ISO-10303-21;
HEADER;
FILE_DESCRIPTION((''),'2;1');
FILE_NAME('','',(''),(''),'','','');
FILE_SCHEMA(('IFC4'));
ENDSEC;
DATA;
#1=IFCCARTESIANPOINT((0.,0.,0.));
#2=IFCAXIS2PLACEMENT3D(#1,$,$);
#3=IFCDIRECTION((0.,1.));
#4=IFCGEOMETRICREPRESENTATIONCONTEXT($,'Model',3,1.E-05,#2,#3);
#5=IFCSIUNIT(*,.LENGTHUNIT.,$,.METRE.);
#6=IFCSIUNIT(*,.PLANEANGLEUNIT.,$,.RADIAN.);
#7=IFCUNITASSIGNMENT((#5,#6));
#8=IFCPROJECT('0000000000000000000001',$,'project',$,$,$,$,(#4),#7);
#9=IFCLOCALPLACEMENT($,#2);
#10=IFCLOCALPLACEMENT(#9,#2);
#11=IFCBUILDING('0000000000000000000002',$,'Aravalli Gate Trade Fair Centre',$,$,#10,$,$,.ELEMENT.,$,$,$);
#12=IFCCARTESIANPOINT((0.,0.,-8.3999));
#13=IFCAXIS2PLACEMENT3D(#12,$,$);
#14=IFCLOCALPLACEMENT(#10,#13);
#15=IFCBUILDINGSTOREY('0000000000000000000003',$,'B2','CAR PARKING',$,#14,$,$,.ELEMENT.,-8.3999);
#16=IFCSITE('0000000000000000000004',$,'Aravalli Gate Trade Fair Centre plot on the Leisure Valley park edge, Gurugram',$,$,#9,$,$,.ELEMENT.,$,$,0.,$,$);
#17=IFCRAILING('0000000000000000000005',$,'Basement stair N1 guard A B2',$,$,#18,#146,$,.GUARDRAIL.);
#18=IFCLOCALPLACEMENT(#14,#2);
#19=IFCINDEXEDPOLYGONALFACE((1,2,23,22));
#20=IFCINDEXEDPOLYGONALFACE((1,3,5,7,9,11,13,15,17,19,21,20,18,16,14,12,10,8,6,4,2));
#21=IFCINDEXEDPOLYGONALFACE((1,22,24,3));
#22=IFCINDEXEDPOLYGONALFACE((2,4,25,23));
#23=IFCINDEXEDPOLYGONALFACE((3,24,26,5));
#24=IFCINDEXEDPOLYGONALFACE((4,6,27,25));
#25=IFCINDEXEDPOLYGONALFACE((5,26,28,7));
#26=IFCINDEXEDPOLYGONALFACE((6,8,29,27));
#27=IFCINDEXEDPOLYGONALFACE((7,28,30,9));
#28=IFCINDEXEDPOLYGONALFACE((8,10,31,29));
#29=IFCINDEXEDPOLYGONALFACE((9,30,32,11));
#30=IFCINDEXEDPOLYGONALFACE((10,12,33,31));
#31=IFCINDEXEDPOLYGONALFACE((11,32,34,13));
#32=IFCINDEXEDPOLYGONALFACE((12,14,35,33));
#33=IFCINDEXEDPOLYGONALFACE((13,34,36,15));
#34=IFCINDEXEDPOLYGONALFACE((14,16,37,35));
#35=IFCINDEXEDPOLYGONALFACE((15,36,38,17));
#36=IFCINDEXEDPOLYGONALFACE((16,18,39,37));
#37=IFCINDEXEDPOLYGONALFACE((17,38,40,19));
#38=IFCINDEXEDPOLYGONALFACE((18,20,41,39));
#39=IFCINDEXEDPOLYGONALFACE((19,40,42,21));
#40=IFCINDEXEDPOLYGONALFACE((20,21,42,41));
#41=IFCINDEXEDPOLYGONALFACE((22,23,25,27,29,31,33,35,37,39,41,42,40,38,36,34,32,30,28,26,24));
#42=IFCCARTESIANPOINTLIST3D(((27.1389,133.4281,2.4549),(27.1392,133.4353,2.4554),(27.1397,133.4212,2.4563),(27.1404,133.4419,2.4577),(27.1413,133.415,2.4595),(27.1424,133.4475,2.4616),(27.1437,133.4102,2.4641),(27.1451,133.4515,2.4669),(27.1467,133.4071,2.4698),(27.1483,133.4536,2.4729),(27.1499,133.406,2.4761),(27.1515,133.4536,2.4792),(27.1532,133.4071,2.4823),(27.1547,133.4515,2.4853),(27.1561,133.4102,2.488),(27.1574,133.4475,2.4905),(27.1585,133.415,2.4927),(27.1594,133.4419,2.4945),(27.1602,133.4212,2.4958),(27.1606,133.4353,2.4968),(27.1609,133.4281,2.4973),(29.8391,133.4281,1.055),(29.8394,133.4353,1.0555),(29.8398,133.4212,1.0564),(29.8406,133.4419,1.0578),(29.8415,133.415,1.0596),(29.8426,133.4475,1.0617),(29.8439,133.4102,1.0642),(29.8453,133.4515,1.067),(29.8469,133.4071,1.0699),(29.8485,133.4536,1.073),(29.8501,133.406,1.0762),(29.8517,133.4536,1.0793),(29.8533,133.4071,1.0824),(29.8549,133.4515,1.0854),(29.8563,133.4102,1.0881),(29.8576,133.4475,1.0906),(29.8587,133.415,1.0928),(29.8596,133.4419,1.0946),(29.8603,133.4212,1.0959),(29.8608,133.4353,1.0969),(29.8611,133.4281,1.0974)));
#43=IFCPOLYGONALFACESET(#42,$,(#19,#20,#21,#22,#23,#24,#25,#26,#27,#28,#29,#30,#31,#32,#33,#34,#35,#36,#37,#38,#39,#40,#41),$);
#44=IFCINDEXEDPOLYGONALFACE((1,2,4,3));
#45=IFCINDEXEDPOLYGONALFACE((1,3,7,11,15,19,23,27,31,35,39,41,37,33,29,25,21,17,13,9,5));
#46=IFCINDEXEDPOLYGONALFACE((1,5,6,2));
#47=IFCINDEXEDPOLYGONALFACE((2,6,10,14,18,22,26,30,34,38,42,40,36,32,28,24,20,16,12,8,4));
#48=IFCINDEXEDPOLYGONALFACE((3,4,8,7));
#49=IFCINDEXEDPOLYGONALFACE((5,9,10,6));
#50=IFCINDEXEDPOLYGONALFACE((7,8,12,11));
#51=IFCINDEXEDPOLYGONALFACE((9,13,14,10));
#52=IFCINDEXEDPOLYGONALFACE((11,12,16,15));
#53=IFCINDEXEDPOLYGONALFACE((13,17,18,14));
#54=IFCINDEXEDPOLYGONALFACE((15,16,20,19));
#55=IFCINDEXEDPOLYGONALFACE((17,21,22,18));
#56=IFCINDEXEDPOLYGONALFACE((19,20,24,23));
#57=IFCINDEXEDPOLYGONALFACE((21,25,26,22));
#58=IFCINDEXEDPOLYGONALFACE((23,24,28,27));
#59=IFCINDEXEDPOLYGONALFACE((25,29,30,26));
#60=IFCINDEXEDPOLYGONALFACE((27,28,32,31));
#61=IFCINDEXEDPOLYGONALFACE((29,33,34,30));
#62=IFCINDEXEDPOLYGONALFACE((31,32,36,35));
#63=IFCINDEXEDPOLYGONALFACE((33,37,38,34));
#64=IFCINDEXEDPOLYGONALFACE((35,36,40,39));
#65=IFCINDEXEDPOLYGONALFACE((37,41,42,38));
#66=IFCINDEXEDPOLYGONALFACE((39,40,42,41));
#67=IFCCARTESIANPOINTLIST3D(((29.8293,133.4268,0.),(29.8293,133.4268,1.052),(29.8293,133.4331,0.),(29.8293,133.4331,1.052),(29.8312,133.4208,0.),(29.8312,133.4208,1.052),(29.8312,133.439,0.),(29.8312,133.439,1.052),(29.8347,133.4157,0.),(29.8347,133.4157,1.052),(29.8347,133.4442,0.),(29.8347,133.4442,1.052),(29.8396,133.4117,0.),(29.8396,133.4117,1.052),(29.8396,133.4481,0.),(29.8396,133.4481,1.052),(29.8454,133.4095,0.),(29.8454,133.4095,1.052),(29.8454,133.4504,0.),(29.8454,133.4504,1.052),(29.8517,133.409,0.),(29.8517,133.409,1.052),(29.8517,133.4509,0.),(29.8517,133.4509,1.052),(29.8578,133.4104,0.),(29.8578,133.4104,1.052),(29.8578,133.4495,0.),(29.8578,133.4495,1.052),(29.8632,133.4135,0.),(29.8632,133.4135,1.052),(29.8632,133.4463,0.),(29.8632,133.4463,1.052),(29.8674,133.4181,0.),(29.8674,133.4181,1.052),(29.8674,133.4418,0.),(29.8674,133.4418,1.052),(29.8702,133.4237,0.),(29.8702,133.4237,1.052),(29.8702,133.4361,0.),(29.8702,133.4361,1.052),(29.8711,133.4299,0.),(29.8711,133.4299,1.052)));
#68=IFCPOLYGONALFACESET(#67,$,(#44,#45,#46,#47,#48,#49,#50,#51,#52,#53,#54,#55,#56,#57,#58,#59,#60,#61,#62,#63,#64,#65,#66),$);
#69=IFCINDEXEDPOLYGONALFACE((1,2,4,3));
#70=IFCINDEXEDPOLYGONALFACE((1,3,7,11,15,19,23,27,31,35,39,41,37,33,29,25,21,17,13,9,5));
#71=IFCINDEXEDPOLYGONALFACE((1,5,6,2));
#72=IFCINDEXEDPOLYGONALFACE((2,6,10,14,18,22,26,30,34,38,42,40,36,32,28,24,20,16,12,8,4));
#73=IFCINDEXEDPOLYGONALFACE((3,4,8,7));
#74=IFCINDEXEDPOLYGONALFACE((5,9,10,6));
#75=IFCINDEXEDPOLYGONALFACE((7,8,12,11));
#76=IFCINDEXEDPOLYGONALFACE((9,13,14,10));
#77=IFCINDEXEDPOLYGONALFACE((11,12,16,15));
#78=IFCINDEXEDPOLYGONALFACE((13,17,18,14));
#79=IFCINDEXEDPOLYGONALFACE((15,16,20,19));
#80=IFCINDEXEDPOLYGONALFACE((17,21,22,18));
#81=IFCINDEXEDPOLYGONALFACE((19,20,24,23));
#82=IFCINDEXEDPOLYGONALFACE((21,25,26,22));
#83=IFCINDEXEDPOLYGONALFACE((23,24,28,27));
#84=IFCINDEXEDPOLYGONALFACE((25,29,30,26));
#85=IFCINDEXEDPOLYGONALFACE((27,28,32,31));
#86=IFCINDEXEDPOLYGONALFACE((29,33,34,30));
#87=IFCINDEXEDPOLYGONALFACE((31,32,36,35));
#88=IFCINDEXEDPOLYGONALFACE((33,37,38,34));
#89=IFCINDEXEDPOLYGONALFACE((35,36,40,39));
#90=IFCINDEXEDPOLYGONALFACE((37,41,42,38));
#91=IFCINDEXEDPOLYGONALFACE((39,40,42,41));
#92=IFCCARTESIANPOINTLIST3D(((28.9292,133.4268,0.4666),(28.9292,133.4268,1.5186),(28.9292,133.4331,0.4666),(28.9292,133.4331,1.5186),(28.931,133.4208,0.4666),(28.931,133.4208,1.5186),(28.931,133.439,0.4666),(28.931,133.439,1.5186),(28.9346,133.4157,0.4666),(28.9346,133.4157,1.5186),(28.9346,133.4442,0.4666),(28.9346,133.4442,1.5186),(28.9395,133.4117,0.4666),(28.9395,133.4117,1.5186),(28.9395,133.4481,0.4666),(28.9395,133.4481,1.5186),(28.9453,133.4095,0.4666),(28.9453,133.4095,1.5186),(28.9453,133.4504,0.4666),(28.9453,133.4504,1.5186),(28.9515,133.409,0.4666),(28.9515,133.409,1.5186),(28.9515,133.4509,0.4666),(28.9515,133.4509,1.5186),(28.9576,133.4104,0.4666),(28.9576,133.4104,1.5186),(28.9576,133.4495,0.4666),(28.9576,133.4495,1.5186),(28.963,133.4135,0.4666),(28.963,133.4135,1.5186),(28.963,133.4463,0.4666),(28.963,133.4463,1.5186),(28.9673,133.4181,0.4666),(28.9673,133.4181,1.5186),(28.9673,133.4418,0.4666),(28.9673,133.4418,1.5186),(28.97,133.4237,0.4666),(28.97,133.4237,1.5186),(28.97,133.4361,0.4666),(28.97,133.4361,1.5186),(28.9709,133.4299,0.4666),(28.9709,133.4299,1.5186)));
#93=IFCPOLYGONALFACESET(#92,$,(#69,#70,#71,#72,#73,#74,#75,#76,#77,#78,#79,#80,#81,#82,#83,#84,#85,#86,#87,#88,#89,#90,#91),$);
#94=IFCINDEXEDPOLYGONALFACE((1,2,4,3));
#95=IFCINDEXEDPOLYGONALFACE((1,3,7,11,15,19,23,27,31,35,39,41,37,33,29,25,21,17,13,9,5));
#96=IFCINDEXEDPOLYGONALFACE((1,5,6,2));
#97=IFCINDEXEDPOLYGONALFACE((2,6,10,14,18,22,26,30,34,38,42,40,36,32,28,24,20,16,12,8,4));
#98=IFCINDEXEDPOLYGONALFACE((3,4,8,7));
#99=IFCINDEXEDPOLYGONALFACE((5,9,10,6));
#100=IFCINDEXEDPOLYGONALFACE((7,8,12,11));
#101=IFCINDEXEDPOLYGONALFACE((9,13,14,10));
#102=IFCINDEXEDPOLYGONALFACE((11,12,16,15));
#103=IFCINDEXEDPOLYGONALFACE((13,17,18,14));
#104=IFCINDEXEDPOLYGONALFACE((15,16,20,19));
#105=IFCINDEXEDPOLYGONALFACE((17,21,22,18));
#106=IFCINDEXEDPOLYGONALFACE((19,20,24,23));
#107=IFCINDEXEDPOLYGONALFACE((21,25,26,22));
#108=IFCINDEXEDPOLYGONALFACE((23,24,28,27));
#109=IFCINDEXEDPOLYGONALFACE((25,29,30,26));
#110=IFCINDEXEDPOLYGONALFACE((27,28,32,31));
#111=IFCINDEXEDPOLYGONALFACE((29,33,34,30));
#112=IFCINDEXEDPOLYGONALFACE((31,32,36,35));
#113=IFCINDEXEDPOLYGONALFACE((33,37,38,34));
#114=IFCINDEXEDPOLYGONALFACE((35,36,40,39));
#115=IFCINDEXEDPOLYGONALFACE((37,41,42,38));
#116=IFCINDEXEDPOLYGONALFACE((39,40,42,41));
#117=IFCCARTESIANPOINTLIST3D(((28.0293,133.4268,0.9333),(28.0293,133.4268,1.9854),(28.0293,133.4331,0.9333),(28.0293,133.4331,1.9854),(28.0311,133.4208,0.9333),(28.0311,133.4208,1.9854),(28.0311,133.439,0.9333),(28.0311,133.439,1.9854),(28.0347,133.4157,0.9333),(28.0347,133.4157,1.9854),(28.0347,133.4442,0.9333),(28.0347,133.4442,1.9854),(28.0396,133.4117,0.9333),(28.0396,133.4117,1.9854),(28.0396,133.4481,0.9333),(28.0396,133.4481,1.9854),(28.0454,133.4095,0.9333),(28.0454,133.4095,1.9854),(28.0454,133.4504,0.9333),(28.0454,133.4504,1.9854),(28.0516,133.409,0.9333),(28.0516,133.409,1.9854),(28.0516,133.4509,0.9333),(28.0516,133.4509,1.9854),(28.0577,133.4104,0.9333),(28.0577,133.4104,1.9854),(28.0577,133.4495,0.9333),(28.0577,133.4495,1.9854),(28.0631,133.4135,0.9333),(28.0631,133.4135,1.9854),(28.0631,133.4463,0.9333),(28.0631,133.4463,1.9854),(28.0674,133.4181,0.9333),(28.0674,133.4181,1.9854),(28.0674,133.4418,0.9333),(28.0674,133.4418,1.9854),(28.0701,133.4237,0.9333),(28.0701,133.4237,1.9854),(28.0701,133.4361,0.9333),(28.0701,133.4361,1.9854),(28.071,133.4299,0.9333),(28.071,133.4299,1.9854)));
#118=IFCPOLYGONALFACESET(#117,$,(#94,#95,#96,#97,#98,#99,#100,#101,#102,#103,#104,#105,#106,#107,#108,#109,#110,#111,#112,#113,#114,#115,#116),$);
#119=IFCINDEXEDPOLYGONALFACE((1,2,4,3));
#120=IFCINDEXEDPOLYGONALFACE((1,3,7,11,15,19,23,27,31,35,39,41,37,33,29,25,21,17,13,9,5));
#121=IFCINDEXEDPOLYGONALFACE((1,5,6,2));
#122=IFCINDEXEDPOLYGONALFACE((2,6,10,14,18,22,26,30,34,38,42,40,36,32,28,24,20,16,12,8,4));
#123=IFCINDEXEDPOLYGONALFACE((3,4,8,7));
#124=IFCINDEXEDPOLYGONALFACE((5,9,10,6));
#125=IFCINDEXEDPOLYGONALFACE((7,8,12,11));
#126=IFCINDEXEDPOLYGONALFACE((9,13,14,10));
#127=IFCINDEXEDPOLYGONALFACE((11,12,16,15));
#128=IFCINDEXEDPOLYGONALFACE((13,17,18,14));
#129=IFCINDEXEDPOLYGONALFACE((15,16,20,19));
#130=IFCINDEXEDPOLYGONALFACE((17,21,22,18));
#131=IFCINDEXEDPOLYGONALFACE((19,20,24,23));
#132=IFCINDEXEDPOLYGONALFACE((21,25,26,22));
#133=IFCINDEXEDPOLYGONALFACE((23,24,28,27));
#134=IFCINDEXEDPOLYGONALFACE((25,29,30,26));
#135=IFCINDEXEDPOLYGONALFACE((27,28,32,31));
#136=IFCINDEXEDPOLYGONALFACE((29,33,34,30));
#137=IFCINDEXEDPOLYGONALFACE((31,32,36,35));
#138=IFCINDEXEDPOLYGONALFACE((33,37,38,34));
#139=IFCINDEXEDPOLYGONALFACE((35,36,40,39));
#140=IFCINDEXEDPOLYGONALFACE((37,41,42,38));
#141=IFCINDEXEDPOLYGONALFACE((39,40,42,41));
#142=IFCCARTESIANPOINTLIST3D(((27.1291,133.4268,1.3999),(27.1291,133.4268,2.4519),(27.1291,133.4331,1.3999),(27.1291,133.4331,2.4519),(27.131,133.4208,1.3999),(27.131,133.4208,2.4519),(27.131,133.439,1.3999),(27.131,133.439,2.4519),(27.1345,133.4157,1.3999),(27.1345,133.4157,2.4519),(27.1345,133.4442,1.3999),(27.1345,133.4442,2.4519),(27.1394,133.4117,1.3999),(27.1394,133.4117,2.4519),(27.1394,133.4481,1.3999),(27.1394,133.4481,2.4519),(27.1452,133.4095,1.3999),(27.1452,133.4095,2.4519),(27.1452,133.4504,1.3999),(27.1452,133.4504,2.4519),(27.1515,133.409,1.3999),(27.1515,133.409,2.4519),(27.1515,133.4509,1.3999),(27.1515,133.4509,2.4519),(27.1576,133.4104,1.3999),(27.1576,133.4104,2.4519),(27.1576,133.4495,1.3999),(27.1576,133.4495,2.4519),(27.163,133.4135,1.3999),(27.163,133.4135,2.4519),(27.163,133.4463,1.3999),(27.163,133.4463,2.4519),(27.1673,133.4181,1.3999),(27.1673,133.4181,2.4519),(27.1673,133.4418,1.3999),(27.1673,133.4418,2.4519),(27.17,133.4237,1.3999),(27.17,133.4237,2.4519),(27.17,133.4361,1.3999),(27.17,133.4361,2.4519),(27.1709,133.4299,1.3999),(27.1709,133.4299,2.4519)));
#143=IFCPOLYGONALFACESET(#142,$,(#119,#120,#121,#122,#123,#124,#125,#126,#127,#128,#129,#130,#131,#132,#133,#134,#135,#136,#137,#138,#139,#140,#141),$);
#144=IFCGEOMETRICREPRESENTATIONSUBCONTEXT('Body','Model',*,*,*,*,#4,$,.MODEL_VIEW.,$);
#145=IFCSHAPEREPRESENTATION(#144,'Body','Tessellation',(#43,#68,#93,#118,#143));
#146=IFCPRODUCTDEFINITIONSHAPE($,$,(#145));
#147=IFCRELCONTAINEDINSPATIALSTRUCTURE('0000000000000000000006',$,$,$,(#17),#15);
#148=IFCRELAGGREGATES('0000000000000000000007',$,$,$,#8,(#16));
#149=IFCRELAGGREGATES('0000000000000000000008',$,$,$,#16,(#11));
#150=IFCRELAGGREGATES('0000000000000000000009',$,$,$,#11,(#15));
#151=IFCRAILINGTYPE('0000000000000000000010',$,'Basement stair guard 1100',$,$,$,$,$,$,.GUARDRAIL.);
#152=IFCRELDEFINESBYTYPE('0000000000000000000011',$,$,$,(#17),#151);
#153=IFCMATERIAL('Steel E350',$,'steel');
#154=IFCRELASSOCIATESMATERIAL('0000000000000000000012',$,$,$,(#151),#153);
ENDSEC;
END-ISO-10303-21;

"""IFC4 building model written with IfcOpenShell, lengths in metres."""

from ifc_helpers import new_model, si_unit, direction, frame, origin, origin_2d, place, context, subcontext, project, spatial, circle, extrude, material, type_object, element, save


model = new_model("IFC4")

# Units and contexts
model_context = context("Model", 3, precision=1e-05, world=origin(), true_north=direction((0.0, 1.0)))
body_context = subcontext(model_context, "Body", "Model", "MODEL_VIEW")
ifc_project = project(units=[si_unit("LENGTHUNIT", "METRE"), si_unit("PLANEANGLEUNIT", "RADIAN")], contexts=[model_context])

# Site, building, storey
site_placement = place(None, origin())
site = spatial("IfcSite", under=ifc_project, at=site_placement, Name="Aravalli Gate Trade Fair Centre plot on the Leisure Valley park edge, Gurugram", CompositionType="ELEMENT", RefElevation=0.0)
building_placement = place(site_placement, origin())
building = spatial("IfcBuilding", under=site, at=building_placement, Name="Aravalli Gate Trade Fair Centre", CompositionType="ELEMENT")
storey_placement = place(building_placement, frame((0.0, 0.0, -8.3999)))
storey = spatial("IfcBuildingStorey", under=building, at=storey_placement, Name="B2", Description="CAR PARKING", CompositionType="ELEMENT", Elevation=-8.3999)

# Railing
ifc_material_1 = material(Name="Steel E350", Category="steel")
railing_type_1 = type_object("IfcRailingType", Name="Basement stair guard 1100", PredefinedType="GUARDRAIL", material=ifc_material_1)
railing_1_placement = place(storey_placement, frame((29.8501, 133.4299, 0.0)))
element("IfcRailing", 1, at=railing_1_placement, inside=storey, type_object=railing_type_1, Name="Basement stair N1 guard A B2", PredefinedType="GUARDRAIL", context=body_context, shape_type="SweptSolid", body=[
    extrude(circle(Radius=0.0239, at=origin_2d()), frame((0.0, 0.0, 1.0762), z_axis=(-0.887781, 0.0, 0.460266), x_axis=(0.0, -1.0, 0.0)), (0.0, 0.0, 1.0), 3.0415),
    extrude(circle(Radius=0.021, at=origin_2d()), origin(), (0.0, 0.0, 1.0), 1.052),
    extrude(circle(Radius=0.021, at=origin_2d()), frame((-0.9001, 0.0, 0.4666)), (0.0, 0.0, 1.0), 1.052),
    extrude(circle(Radius=0.021, at=origin_2d()), frame((-1.8, 0.0, 0.9333)), (0.0, 0.0, 1.0), 1.052),
    extrude(circle(Radius=0.021, at=origin_2d()), frame((-2.7002, 0.0, 1.3999)), (0.0, 0.0, 1.0), 1.052),
])

save(model, "model.ifc")
